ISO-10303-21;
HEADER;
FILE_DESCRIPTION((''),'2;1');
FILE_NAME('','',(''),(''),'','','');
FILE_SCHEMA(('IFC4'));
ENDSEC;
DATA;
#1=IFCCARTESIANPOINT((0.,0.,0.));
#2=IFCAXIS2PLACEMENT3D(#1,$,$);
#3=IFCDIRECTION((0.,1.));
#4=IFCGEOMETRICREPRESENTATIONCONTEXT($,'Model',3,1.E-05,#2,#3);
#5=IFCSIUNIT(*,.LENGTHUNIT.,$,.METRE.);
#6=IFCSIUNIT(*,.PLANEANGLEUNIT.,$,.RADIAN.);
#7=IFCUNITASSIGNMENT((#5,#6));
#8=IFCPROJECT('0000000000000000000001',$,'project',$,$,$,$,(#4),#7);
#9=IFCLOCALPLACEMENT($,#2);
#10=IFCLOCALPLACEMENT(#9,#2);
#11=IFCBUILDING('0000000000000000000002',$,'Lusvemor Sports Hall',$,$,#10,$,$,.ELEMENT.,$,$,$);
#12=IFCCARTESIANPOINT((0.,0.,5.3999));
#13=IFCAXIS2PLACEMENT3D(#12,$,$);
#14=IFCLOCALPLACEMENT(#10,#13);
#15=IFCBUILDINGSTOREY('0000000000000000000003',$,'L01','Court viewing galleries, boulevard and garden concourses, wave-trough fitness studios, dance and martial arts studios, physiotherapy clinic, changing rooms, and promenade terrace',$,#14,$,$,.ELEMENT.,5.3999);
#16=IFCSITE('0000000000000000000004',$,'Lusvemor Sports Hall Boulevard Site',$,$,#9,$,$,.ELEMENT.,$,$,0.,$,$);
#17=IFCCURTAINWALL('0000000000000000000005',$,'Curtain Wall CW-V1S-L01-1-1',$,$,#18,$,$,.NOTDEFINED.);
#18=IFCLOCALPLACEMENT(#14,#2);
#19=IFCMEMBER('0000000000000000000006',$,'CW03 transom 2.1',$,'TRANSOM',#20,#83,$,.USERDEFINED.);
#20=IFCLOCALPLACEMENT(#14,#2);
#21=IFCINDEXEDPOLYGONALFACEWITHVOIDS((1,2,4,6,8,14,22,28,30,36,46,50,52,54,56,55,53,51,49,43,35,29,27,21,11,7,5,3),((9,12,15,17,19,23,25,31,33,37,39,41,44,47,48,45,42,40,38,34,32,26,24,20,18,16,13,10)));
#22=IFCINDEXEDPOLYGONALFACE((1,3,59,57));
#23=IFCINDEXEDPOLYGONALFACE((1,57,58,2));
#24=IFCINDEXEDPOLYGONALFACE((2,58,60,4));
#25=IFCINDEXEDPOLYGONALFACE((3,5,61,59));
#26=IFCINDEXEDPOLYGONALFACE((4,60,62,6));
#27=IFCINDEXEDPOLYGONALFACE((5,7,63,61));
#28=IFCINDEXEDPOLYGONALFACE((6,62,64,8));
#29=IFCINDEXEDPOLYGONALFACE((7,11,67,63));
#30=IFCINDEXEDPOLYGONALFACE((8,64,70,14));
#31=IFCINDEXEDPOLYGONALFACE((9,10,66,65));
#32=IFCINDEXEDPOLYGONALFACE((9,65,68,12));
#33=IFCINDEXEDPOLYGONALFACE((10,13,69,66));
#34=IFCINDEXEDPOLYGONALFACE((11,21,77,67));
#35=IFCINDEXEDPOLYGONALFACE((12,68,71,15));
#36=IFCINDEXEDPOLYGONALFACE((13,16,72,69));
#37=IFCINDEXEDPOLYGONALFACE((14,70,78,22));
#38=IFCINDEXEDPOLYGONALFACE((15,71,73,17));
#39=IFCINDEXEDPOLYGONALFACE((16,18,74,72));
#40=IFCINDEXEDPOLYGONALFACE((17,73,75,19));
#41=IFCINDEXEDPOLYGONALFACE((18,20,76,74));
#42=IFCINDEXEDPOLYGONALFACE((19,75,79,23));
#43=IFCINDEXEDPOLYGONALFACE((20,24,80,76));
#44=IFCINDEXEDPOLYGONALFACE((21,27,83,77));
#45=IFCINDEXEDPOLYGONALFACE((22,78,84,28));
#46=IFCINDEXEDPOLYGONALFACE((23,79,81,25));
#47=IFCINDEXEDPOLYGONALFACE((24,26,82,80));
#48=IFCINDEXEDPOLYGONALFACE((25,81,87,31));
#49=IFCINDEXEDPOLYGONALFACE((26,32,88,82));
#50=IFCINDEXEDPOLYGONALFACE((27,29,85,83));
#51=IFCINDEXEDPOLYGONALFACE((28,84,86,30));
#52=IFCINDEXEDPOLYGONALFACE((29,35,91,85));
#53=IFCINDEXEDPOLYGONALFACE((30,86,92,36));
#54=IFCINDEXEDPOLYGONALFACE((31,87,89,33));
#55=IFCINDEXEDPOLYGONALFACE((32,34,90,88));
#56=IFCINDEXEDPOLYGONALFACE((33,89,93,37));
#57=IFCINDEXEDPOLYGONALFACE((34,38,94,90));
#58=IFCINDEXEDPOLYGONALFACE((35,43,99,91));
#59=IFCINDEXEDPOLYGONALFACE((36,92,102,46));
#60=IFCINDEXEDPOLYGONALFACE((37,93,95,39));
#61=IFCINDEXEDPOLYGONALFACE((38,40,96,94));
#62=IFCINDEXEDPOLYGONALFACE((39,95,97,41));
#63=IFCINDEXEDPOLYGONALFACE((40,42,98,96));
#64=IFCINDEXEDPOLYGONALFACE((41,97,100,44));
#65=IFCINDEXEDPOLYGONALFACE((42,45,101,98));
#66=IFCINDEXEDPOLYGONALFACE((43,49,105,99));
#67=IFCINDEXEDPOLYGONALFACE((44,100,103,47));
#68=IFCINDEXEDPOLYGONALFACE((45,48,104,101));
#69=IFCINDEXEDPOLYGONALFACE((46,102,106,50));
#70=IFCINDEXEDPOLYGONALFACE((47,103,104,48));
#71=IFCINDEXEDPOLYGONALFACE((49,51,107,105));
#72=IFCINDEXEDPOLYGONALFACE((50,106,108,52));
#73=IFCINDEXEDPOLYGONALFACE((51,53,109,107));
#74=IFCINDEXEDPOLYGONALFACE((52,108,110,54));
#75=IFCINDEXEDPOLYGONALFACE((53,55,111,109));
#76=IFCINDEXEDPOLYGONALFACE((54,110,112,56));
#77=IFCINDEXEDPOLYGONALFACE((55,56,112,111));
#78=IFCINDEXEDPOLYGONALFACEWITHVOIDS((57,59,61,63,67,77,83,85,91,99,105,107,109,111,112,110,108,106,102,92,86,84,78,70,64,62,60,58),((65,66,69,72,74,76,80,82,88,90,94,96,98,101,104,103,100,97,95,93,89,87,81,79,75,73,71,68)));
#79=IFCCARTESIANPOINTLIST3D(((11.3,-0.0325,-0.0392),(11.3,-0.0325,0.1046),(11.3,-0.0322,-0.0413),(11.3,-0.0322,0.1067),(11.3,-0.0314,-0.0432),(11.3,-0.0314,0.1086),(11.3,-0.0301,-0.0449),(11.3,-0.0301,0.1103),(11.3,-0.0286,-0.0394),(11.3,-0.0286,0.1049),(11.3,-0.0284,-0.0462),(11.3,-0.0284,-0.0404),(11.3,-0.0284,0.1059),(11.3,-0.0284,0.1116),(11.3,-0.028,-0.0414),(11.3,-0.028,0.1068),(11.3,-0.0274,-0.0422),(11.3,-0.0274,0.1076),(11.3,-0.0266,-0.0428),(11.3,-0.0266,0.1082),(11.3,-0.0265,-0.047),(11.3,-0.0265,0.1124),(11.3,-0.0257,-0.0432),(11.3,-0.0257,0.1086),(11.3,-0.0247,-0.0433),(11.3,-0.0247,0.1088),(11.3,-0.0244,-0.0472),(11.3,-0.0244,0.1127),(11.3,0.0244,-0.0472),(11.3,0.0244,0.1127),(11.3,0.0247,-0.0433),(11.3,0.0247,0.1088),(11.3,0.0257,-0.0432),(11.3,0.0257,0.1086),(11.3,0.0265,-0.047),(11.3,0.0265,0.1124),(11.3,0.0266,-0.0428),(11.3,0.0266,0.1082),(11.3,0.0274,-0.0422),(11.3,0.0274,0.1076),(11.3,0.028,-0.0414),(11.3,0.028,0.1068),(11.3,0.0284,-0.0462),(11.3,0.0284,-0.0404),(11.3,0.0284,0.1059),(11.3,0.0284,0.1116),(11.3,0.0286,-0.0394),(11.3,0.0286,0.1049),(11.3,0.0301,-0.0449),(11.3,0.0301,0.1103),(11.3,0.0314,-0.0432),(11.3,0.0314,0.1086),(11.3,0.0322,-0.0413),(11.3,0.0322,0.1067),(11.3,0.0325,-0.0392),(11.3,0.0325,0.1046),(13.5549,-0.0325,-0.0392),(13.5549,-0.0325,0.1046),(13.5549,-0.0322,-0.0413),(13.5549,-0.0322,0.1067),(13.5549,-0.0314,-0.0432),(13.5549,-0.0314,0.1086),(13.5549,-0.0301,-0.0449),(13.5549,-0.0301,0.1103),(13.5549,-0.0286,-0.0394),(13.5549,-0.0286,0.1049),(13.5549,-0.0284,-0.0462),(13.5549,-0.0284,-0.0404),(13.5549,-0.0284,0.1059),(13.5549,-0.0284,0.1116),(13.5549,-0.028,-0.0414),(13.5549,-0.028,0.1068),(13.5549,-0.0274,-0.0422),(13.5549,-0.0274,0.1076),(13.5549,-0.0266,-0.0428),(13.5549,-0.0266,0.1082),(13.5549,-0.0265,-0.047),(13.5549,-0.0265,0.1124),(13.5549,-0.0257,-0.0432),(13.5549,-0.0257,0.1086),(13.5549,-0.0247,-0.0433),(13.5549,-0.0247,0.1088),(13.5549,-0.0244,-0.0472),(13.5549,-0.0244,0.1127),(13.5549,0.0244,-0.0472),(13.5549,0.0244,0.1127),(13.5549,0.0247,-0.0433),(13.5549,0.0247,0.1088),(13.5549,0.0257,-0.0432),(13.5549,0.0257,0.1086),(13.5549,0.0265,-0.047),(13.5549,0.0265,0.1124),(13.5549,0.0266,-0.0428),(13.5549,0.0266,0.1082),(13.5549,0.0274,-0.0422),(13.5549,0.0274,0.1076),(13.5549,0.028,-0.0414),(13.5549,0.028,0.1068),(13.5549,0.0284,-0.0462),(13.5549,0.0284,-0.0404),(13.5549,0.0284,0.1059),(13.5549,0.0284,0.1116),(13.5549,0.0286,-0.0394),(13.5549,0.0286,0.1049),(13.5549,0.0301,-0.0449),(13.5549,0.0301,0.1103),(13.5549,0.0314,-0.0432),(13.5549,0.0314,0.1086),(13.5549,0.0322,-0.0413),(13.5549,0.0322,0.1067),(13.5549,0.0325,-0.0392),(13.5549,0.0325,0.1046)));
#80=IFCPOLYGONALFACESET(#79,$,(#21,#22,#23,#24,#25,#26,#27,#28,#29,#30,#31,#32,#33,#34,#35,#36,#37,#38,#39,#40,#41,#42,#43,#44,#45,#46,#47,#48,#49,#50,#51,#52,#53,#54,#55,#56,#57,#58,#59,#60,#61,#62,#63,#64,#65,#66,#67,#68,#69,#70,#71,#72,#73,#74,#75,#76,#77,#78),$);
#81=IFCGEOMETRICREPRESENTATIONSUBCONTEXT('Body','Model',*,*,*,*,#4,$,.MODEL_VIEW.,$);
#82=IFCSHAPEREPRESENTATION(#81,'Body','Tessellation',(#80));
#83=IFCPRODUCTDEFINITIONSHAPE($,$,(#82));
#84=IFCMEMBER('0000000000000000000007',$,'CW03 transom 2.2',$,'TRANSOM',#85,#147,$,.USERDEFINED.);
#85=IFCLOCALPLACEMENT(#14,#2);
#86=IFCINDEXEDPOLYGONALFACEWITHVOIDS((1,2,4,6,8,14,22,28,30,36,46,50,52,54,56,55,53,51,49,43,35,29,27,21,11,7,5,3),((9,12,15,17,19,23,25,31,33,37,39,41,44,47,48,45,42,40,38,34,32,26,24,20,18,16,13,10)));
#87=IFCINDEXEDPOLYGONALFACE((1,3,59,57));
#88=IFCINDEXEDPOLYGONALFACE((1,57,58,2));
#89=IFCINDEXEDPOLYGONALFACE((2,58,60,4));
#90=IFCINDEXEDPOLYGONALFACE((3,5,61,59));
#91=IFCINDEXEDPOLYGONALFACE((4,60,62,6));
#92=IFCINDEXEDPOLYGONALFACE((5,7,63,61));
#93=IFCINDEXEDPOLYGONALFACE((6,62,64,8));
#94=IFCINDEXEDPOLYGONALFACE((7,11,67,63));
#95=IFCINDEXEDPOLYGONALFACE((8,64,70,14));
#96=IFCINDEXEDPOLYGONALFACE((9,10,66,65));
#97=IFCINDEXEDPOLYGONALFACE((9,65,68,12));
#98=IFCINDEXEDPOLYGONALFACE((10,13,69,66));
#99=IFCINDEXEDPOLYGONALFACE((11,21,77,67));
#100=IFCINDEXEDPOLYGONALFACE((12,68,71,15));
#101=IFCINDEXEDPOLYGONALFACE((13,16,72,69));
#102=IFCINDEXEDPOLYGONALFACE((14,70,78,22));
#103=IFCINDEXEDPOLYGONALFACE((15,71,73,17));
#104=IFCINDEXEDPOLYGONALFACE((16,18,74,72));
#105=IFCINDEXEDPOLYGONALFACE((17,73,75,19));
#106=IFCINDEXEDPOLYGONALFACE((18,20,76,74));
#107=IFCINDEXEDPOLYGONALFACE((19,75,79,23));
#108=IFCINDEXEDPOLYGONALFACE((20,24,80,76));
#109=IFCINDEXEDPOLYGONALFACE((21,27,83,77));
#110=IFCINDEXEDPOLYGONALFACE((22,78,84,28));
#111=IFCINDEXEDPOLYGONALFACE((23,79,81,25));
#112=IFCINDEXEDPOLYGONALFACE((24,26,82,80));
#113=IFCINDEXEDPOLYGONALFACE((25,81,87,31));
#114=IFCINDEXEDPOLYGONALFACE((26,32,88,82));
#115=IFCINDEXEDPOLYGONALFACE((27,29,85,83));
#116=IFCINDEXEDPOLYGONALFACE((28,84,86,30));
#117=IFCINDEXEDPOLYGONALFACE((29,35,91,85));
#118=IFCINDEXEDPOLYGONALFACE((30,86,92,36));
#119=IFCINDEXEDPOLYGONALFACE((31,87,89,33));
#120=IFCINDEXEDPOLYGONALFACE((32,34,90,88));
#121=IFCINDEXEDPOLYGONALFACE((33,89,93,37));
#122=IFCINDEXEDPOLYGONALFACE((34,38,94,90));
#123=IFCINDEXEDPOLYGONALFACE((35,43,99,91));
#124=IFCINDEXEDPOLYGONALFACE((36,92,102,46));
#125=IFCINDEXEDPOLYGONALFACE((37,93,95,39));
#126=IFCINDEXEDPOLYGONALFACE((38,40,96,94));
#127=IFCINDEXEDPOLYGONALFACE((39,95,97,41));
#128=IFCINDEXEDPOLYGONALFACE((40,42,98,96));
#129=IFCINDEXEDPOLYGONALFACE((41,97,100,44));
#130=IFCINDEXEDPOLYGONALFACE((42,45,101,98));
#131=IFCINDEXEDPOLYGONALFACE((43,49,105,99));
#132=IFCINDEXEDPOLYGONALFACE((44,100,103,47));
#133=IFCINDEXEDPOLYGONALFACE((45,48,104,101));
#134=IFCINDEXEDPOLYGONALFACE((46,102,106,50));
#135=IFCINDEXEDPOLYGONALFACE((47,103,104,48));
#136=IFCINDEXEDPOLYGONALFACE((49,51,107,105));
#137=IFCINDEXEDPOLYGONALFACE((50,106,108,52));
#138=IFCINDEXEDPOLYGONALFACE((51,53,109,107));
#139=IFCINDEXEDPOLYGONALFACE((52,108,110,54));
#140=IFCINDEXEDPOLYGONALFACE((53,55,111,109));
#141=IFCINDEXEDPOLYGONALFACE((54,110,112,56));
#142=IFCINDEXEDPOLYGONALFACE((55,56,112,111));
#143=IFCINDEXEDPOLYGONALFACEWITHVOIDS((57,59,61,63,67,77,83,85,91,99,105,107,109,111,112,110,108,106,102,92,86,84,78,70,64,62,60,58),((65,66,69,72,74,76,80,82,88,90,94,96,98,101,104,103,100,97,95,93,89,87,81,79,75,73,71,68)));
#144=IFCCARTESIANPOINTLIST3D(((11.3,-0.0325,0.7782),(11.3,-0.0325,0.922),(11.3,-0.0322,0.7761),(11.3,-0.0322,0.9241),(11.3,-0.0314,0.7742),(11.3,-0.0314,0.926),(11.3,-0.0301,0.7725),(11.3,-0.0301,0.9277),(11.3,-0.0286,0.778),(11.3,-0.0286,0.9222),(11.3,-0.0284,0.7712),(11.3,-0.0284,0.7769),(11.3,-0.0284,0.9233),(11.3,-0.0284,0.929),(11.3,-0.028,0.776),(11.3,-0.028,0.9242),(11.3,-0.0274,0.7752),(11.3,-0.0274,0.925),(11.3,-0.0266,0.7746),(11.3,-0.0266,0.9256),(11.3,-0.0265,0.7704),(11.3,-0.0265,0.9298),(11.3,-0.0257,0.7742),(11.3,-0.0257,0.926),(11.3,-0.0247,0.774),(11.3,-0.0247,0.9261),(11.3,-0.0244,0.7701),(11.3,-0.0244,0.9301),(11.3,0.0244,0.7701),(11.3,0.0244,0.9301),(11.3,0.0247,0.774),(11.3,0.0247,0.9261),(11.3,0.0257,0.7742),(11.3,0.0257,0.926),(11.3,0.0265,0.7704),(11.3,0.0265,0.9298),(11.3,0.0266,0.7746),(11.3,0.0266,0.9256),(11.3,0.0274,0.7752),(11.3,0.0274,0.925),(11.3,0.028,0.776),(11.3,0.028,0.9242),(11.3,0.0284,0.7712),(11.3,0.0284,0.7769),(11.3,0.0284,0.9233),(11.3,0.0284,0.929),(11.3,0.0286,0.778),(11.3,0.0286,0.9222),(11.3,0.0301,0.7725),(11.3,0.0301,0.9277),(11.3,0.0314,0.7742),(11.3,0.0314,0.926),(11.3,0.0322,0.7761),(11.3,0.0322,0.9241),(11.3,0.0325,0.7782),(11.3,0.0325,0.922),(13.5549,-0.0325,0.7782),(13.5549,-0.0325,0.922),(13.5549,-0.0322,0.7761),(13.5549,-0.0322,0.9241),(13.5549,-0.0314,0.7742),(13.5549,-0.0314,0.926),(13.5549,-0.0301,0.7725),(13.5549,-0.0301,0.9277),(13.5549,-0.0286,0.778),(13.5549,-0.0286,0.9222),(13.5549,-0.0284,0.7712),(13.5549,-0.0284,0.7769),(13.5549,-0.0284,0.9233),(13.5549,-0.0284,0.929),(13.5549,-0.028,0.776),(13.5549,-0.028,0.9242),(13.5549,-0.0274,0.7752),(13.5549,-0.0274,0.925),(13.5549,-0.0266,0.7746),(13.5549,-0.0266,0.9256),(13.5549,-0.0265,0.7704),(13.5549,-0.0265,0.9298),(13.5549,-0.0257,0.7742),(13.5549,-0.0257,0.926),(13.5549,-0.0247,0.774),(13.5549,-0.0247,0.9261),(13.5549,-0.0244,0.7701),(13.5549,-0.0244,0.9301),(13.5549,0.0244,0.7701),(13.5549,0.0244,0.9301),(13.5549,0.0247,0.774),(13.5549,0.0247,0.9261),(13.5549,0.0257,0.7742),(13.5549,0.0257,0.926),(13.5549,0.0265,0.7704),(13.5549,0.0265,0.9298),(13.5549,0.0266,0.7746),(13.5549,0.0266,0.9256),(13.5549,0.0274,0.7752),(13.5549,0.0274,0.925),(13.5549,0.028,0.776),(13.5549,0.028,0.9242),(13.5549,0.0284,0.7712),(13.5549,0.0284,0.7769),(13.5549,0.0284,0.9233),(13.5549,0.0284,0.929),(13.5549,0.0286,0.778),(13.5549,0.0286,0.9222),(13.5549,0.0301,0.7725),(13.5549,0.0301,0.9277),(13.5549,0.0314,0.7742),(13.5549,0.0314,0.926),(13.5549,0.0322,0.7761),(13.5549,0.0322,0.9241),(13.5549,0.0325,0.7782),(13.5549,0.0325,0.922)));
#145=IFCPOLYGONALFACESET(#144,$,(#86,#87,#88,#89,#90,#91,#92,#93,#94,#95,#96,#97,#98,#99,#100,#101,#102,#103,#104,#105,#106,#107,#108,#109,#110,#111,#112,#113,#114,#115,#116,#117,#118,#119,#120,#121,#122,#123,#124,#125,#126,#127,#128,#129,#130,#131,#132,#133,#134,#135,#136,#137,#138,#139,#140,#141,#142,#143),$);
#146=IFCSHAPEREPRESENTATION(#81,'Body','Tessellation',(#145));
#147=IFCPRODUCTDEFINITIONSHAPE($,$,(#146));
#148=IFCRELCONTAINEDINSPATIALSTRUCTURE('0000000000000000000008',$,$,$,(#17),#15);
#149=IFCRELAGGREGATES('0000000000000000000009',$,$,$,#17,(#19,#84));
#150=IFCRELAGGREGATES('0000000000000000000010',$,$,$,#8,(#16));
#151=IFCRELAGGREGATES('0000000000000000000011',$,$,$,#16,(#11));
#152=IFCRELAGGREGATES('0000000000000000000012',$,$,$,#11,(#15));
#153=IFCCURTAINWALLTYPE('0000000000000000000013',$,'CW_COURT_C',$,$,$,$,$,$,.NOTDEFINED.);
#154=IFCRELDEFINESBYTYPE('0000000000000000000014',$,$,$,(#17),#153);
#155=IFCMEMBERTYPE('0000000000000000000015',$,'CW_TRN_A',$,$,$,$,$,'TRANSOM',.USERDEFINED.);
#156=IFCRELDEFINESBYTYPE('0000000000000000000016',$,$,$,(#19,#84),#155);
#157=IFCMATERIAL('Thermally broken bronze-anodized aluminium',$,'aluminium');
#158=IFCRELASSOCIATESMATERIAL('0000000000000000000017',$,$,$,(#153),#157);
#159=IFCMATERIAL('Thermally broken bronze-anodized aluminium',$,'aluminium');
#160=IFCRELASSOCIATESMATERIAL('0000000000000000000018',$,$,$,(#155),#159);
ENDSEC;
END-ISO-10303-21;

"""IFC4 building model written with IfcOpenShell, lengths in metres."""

from ifc_helpers import new_model, si_unit, direction, frame, origin, origin_2d, place, context, subcontext, project, spatial, hollow_rectangle, extrude, material, material_profile, profile_set, type_object, element, aggregate, save


model = new_model("IFC4")

# Units and contexts
model_context = context("Model", 3, precision=1e-05, world=origin(), true_north=direction((0.0, 1.0)))
body_context = subcontext(model_context, "Body", "Model", "MODEL_VIEW")
ifc_project = project(units=[si_unit("LENGTHUNIT", "METRE"), si_unit("PLANEANGLEUNIT", "RADIAN")], contexts=[model_context])

# Site, building, storey
site_placement = place(None, origin())
site = spatial("IfcSite", under=ifc_project, at=site_placement, Name="Lusvemor Sports Hall Boulevard Site", CompositionType="ELEMENT", RefElevation=0.0)
building_placement = place(site_placement, origin())
building = spatial("IfcBuilding", under=site, at=building_placement, Name="Lusvemor Sports Hall", CompositionType="ELEMENT")
storey_placement = place(building_placement, frame((0.0, 0.0, 5.3999)))
storey = spatial("IfcBuildingStorey", under=building, at=storey_placement, Name="L01", Description="Court viewing galleries, boulevard and garden concourses, wave-trough fitness studios, dance and martial arts studios, physiotherapy clinic, changing rooms, and promenade terrace", CompositionType="ELEMENT", Elevation=5.3999)

# Curtain wall, members
ifc_material_1 = material(Name="Thermally broken bronze-anodized aluminium", Category="aluminium")
curtain_wall_type = type_object("IfcCurtainWallType", Name="CW_COURT_C", PredefinedType="NOTDEFINED", material=ifc_material_1)
curtain_wall_placement = place(storey_placement, origin())
curtain_wall = element("IfcCurtainWall", 1, at=curtain_wall_placement, inside=storey, type_object=curtain_wall_type, Name="Curtain Wall CW-V1S-L01-1-1", PredefinedType="NOTDEFINED")
ifc_material_2 = material(Name="Thermally broken bronze-anodized aluminium", Category="aluminium")
ifc_material_profile_1 = material_profile(ifc_material_2, hollow_rectangle(XDim=0.0649, YDim=0.1599, WallThickness=0.0039, InnerFilletRadius=0.0039, OuterFilletRadius=0.0081, at=origin_2d()), Name="CWTRN160x65x4")
ifc_profile_set_1 = profile_set([ifc_material_profile_1], Name="Thermally broken bronze-anodized aluminium")
member_type_1 = type_object("IfcMemberType", Name="CW_TRN_A", ElementType="TRANSOM", PredefinedType="USERDEFINED", material=ifc_profile_set_1)
member_1_placement = place(storey_placement, frame((13.5549, 0.0, 0.0327), z_axis=(-1.0, 0.0, 0.0), x_axis=(0.0, -1.0, 0.0)))
member_1 = element("IfcMember", 2, at=member_1_placement, type_object=member_type_1, Name="CW03 transom 2.1", ObjectType="TRANSOM", PredefinedType="USERDEFINED", context=body_context, shape_type="SweptSolid", body=[
    extrude(hollow_rectangle(XDim=0.0649, YDim=0.1599, WallThickness=0.0039, InnerFilletRadius=0.0039, OuterFilletRadius=0.0081, at=origin_2d()), origin(), (0.0, 0.0, 1.0), 2.2549),
])
member_2_placement = place(storey_placement, frame((13.5549, 0.0, 0.8501), z_axis=(-1.0, 0.0, 0.0), x_axis=(0.0, -1.0, 0.0)))
member_2 = element("IfcMember", 3, at=member_2_placement, type_object=member_type_1, Name="CW03 transom 2.2", ObjectType="TRANSOM", PredefinedType="USERDEFINED", context=body_context, shape_type="SweptSolid", body=[
    extrude(hollow_rectangle(XDim=0.0649, YDim=0.1599, WallThickness=0.0039, InnerFilletRadius=0.0039, OuterFilletRadius=0.0081, at=origin_2d()), origin(), (0.0, 0.0, 1.0), 2.2549),
])

aggregate(curtain_wall, [member_1, member_2])

save(model, "model.ifc")
